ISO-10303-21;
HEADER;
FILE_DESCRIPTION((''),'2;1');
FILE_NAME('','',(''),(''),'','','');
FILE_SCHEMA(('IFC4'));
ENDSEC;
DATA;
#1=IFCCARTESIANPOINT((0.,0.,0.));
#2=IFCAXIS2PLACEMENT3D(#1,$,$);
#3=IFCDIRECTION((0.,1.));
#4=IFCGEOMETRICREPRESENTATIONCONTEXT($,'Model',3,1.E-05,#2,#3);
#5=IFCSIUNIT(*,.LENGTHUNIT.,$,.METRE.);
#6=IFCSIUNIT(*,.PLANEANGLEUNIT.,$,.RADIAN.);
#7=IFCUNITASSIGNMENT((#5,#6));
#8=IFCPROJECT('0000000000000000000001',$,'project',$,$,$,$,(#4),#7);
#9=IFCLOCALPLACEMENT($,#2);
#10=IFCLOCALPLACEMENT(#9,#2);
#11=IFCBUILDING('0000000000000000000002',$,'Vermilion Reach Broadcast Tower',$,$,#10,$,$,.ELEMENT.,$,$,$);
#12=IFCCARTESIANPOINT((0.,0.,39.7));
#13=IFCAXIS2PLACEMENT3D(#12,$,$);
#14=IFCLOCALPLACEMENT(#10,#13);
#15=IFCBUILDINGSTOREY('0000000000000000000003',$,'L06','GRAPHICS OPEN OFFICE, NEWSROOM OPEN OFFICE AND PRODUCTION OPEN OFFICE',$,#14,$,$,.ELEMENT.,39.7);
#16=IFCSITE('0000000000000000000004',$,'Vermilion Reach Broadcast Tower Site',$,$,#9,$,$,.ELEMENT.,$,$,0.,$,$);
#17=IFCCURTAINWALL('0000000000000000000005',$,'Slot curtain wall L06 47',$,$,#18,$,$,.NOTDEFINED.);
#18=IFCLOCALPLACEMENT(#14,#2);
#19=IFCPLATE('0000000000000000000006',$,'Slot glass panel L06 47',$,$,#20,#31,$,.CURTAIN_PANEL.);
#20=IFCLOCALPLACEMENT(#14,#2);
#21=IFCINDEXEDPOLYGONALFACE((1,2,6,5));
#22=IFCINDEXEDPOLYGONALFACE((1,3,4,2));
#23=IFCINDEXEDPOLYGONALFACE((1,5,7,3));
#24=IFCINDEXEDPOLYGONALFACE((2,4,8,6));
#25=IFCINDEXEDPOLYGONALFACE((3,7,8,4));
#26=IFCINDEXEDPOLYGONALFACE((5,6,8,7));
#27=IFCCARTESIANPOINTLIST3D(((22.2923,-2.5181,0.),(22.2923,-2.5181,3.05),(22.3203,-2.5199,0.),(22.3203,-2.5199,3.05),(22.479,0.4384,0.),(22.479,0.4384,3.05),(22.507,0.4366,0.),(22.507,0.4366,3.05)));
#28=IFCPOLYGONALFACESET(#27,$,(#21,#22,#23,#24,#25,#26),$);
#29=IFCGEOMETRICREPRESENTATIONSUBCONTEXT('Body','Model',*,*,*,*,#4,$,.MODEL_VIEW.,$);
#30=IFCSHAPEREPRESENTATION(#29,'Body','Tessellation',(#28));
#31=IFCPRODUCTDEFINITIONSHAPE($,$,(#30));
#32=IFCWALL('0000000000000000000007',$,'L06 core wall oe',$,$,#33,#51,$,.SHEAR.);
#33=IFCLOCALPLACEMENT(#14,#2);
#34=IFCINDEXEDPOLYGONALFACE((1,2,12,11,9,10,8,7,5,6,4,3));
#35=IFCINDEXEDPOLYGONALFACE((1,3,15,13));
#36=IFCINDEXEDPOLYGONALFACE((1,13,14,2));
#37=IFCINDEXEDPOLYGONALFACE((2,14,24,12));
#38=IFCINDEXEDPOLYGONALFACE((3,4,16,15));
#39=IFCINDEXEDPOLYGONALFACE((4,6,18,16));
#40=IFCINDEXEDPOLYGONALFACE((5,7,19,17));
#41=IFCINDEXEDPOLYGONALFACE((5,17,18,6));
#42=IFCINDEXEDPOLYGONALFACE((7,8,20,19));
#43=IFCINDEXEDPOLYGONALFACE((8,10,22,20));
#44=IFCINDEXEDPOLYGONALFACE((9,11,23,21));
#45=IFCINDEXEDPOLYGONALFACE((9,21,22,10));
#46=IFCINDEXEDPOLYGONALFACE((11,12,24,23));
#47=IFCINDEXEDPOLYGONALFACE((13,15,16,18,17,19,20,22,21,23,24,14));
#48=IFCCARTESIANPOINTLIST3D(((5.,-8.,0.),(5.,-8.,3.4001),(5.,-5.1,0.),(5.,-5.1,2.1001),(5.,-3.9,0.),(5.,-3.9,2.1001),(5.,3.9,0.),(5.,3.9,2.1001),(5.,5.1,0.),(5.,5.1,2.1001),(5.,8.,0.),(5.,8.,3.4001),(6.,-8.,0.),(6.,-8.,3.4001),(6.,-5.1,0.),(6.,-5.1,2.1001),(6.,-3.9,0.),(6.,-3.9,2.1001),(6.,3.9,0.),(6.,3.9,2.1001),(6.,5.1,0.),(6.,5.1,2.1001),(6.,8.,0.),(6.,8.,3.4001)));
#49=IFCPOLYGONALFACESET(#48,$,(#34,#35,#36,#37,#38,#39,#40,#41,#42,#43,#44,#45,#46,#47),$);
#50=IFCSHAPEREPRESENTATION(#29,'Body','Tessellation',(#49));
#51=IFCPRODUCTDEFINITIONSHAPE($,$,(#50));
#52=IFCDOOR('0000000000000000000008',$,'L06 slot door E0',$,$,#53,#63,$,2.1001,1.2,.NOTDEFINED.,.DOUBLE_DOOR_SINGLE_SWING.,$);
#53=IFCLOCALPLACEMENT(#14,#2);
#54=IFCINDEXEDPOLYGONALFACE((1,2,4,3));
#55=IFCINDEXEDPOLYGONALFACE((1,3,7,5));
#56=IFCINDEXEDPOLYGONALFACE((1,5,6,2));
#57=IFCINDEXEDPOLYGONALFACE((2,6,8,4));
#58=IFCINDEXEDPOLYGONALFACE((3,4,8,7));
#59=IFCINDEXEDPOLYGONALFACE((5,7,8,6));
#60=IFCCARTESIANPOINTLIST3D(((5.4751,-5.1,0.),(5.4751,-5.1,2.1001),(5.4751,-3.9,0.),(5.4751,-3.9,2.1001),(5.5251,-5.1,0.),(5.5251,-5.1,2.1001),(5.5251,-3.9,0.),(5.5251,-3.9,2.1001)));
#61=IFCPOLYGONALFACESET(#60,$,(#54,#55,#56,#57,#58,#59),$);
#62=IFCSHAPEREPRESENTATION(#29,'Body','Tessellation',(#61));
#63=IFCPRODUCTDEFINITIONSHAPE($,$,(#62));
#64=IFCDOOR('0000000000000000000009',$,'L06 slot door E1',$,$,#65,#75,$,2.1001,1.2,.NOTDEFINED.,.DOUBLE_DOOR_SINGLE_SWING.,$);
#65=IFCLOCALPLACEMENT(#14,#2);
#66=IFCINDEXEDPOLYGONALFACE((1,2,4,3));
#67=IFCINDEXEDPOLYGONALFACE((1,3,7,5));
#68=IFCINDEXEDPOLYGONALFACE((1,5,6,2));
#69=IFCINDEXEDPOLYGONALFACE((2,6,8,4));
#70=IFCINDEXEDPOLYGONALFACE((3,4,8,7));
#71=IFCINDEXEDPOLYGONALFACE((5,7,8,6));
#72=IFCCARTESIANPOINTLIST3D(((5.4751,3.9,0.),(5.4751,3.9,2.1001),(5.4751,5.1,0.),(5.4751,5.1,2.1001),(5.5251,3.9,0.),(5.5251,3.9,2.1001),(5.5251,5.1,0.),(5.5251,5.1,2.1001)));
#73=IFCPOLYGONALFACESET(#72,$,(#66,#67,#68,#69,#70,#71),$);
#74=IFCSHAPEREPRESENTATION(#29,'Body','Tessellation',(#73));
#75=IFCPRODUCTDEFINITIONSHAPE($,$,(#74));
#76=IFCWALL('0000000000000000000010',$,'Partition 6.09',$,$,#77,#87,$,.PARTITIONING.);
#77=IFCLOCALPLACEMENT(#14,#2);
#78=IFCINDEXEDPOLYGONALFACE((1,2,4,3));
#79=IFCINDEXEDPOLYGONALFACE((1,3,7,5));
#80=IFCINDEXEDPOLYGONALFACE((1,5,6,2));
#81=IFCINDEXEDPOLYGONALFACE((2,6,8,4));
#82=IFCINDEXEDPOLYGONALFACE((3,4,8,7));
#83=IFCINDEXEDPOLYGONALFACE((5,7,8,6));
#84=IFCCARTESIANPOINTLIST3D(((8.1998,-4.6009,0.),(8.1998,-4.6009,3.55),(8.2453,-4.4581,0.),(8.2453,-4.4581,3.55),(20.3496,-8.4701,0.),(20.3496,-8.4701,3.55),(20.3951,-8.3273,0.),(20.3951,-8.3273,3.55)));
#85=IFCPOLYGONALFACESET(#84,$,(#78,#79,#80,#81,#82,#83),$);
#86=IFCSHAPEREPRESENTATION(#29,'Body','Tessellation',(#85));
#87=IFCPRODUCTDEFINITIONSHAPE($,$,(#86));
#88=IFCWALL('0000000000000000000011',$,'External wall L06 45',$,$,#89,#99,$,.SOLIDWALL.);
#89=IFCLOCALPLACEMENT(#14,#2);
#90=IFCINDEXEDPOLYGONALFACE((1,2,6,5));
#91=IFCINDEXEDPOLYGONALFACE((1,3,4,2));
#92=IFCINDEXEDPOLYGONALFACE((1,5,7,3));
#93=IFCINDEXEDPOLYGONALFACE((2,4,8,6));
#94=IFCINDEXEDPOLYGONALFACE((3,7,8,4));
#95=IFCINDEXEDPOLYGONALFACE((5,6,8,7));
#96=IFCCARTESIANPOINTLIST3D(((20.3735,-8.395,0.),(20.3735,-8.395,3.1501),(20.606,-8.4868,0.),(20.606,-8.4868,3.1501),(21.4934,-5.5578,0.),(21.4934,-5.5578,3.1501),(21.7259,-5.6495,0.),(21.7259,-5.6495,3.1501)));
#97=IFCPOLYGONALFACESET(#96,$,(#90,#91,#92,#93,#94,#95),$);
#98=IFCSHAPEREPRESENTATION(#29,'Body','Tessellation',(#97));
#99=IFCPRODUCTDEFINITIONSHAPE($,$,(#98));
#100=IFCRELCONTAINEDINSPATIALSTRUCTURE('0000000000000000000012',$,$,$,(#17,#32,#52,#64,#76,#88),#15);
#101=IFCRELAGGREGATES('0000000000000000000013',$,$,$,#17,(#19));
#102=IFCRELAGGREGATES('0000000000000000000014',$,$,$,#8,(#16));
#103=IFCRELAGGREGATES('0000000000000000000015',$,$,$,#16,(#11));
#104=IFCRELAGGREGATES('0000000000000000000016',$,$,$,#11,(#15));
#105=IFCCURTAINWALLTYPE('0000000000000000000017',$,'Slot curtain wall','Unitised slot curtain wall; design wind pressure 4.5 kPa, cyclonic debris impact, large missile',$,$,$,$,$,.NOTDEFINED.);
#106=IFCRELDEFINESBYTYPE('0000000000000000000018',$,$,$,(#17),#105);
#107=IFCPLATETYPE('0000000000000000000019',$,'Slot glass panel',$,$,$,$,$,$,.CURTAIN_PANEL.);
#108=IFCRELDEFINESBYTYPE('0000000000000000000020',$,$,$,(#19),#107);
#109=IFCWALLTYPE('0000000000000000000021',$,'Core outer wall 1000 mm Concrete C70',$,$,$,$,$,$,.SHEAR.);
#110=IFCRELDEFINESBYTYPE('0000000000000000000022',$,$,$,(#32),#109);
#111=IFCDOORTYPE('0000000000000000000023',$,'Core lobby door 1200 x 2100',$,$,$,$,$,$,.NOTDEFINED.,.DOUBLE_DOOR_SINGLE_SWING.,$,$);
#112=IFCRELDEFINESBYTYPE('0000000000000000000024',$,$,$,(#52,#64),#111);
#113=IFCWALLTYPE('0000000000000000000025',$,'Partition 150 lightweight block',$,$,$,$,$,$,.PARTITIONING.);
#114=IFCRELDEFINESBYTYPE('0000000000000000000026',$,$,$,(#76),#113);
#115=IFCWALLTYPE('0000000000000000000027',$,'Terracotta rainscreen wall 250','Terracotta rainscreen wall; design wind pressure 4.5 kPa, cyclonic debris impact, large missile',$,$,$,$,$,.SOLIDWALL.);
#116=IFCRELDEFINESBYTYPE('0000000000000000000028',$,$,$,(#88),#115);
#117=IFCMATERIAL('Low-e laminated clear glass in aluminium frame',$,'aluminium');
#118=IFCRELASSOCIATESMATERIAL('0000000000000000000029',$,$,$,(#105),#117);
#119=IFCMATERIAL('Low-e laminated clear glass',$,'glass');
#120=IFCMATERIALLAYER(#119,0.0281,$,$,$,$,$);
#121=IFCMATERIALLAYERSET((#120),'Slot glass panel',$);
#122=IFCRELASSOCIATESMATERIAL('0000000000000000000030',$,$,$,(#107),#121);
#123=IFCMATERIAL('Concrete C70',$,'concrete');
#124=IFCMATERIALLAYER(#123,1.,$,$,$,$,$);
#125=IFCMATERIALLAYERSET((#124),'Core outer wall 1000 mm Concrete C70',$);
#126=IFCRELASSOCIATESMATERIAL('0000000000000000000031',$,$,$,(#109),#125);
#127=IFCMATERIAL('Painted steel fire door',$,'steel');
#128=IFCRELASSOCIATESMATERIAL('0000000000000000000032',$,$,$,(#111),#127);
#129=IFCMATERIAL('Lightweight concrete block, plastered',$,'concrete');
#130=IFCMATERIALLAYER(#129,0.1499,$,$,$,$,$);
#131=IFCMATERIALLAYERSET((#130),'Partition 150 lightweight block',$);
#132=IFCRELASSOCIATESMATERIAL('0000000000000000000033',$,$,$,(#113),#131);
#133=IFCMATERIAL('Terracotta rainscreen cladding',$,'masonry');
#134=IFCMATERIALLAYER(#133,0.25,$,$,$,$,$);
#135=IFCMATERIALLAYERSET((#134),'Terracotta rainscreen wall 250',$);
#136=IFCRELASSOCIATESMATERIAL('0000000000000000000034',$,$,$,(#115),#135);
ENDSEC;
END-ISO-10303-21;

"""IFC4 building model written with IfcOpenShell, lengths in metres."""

from ifc_helpers import new_model, si_unit, direction, frame, frame_2d, origin, origin_2d, place, context, subcontext, project, spatial, rectangle, extrude, material, layer, layer_set, type_object, element, fill, aggregate, save


model = new_model("IFC4")

# Units and contexts
model_context = context("Model", 3, precision=1e-05, world=origin(), true_north=direction((0.0, 1.0)))
body_context = subcontext(model_context, "Body", "Model", "MODEL_VIEW")
ifc_project = project(units=[si_unit("LENGTHUNIT", "METRE"), si_unit("PLANEANGLEUNIT", "RADIAN")], contexts=[model_context])

# Site, building, storey
site_placement = place(None, origin())
site = spatial("IfcSite", under=ifc_project, at=site_placement, Name="Vermilion Reach Broadcast Tower Site", CompositionType="ELEMENT", RefElevation=0.0)
building_placement = place(site_placement, origin())
building = spatial("IfcBuilding", under=site, at=building_placement, Name="Vermilion Reach Broadcast Tower", CompositionType="ELEMENT")
storey_placement = place(building_placement, frame((0.0, 0.0, 39.7)))
storey = spatial("IfcBuildingStorey", under=building, at=storey_placement, Name="L06", Description="GRAPHICS OPEN OFFICE, NEWSROOM OPEN OFFICE AND PRODUCTION OPEN OFFICE", CompositionType="ELEMENT", Elevation=39.7)

# Curtain wall
ifc_material_1 = material(Name="Low-e laminated clear glass in aluminium frame", Category="aluminium")
curtain_wall_type = type_object("IfcCurtainWallType", Name="Slot curtain wall", Description="Unitised slot curtain wall; design wind pressure 4.5 kPa, cyclonic debris impact, large missile", PredefinedType="NOTDEFINED", material=ifc_material_1)
placement = place(storey_placement, origin())
curtain_wall_1 = element("IfcCurtainWall", 1, at=placement, inside=storey, type_object=curtain_wall_type, Name="Slot curtain wall L06 47", PredefinedType="NOTDEFINED")

# Plate
ifc_material_2 = material(Name="Low-e laminated clear glass", Category="glass")
ifc_layer_1 = layer(ifc_material_2, 0.0281)
ifc_layer_set_1 = layer_set([ifc_layer_1], Name="Slot glass panel")
plate_type = type_object("IfcPlateType", Name="Slot glass panel", PredefinedType="CURTAIN_PANEL", material=ifc_layer_set_1)
plate_1_placement = place(storey_placement, frame((22.3997, -1.0408, 0.0), z_axis=(0.0, 0.0, 1.0), x_axis=(0.063021, 0.998012, 0.0)))
plate_1 = element("IfcPlate", 2, at=plate_1_placement, type_object=plate_type, Name="Slot glass panel L06 47", PredefinedType="CURTAIN_PANEL", context=body_context, shape_type="SweptSolid", body=[
    extrude(rectangle(XDim=2.9624, YDim=0.0281, at=origin_2d()), origin(), (0.0, 0.0, 1.0), 3.05),
])
aggregate(curtain_wall_1, [plate_1])

# Wall, openings, doors
ifc_material_3 = material(Name="Concrete C70", Category="concrete")
ifc_layer_2 = layer(ifc_material_3, 1.0)
ifc_layer_set_2 = layer_set([ifc_layer_2], Name="Core outer wall 1000 mm Concrete C70")
wall_type_1 = type_object("IfcWallType", Name="Core outer wall 1000 mm Concrete C70", PredefinedType="SHEAR", material=ifc_layer_set_2)
wall_1_placement = place(storey_placement, frame((5.5, -8.0, 0.0), z_axis=(0.0, 0.0, 1.0), x_axis=(0.0, 1.0, 0.0)))
wall_1 = element("IfcWall", 3, at=wall_1_placement, inside=storey, type_object=wall_type_1, Name="L06 core wall oe", PredefinedType="SHEAR", context=body_context, shape_type="SweptSolid", body=[
    extrude(rectangle(XDim=16.0, YDim=1.0, at=frame_2d((8.0, 0.0))), origin(), (0.0, 0.0, 1.0), 3.4001),
])
opening_1_placement = place(wall_1_placement, frame((2.8999, 0.0, 0.0)))
opening_1 = element("IfcOpeningElement", 4, at=opening_1_placement, cuts=wall_1, PredefinedType="OPENING", context=body_context, shape_type="SweptSolid", body=[
    extrude(rectangle(XDim=1.2, YDim=2.1001, at=frame_2d((0.6001, 1.05))), frame((0.0, 0.51, 0.0), z_axis=(0.0, -1.0, 0.0), x_axis=(1.0, 0.0, 0.0)), (0.0, 0.0, 1.0), 1.02),
])
opening_2_placement = place(wall_1_placement, frame((11.8999, 0.0, 0.0)))
opening_2 = element("IfcOpeningElement", 5, at=opening_2_placement, cuts=wall_1, PredefinedType="OPENING", context=body_context, shape_type="SweptSolid", body=[
    extrude(rectangle(XDim=1.2, YDim=2.1001, at=frame_2d((0.6001, 1.05))), frame((0.0, 0.51, 0.0), z_axis=(0.0, -1.0, 0.0), x_axis=(1.0, 0.0, 0.0)), (0.0, 0.0, 1.0), 1.02),
])
ifc_material_4 = material(Name="Painted steel fire door", Category="steel")
door_type = type_object("IfcDoorType", Name="Core lobby door 1200 x 2100", OperationType="DOUBLE_DOOR_SINGLE_SWING", PredefinedType="NOTDEFINED", material=ifc_material_4)
door_1_placement = place(opening_1_placement, origin())
door_1 = element("IfcDoor", 6, at=door_1_placement, inside=storey, type_object=door_type, Name="L06 slot door E0", OperationType="DOUBLE_DOOR_SINGLE_SWING", OverallHeight=2.1001, OverallWidth=1.2, PredefinedType="NOTDEFINED", context=body_context, shape_type="SweptSolid", body=[
    extrude(rectangle(XDim=1.2, YDim=2.1001, at=frame_2d((0.6001, 1.05))), frame((0.0, 0.0249, 0.0), z_axis=(0.0, -1.0, 0.0), x_axis=(1.0, 0.0, 0.0)), (0.0, 0.0, 1.0), 0.05),
])
fill(opening_1, door_1)
door_2_placement = place(opening_2_placement, origin())
door_2 = element("IfcDoor", 7, at=door_2_placement, inside=storey, type_object=door_type, Name="L06 slot door E1", OperationType="DOUBLE_DOOR_SINGLE_SWING", OverallHeight=2.1001, OverallWidth=1.2, PredefinedType="NOTDEFINED", context=body_context, shape_type="SweptSolid", body=[
    extrude(rectangle(XDim=1.2, YDim=2.1001, at=frame_2d((0.6001, 1.05))), frame((0.0, 0.0249, 0.0), z_axis=(0.0, -1.0, 0.0), x_axis=(1.0, 0.0, 0.0)), (0.0, 0.0, 1.0), 0.05),
])
fill(opening_2, door_2)

# Walls
ifc_material_5 = material(Name="Lightweight concrete block, plastered", Category="concrete")
ifc_layer_3 = layer(ifc_material_5, 0.1499)
ifc_layer_set_3 = layer_set([ifc_layer_3], Name="Partition 150 lightweight block")
wall_type_2 = type_object("IfcWallType", Name="Partition 150 lightweight block", PredefinedType="PARTITIONING", material=ifc_layer_set_3)
wall_2_placement = place(storey_placement, frame((20.3723, -8.3987, 0.0), z_axis=(0.0, 0.0, 1.0), x_axis=(-0.95285, 0.303442, 0.0)))
element("IfcWall", 8, at=wall_2_placement, inside=storey, type_object=wall_type_2, Name="Partition 6.09", PredefinedType="PARTITIONING", context=body_context, shape_type="SweptSolid", body=[
    extrude(rectangle(XDim=12.751, YDim=0.1499, at=frame_2d((6.3755, 0.0))), origin(), (0.0, 0.0, 1.0), 3.55),
])
ifc_material_6 = material(Name="Terracotta rainscreen cladding", Category="masonry")
ifc_layer_4 = layer(ifc_material_6, 0.25)
ifc_layer_set_4 = layer_set([ifc_layer_4], Name="Terracotta rainscreen wall 250")
wall_type_3 = type_object("IfcWallType", Name="Terracotta rainscreen wall 250", Description="Terracotta rainscreen wall; design wind pressure 4.5 kPa, cyclonic debris impact, large missile", PredefinedType="SOLIDWALL", material=ifc_layer_set_4)
wall_3_placement = place(storey_placement, frame((20.4897, -8.4409, 0.0), z_axis=(0.0, 0.0, 1.0), x_axis=(0.36715, 0.930162, 0.0)))
element("IfcWall", 9, at=wall_3_placement, inside=storey, type_object=wall_type_3, Name="External wall L06 45", PredefinedType="SOLIDWALL", context=body_context, shape_type="SweptSolid", body=[
    extrude(rectangle(XDim=3.0503, YDim=0.25, at=frame_2d((1.5251, 0.0))), origin(), (0.0, 0.0, 1.0), 3.1501),
])

save(model, "model.ifc")
